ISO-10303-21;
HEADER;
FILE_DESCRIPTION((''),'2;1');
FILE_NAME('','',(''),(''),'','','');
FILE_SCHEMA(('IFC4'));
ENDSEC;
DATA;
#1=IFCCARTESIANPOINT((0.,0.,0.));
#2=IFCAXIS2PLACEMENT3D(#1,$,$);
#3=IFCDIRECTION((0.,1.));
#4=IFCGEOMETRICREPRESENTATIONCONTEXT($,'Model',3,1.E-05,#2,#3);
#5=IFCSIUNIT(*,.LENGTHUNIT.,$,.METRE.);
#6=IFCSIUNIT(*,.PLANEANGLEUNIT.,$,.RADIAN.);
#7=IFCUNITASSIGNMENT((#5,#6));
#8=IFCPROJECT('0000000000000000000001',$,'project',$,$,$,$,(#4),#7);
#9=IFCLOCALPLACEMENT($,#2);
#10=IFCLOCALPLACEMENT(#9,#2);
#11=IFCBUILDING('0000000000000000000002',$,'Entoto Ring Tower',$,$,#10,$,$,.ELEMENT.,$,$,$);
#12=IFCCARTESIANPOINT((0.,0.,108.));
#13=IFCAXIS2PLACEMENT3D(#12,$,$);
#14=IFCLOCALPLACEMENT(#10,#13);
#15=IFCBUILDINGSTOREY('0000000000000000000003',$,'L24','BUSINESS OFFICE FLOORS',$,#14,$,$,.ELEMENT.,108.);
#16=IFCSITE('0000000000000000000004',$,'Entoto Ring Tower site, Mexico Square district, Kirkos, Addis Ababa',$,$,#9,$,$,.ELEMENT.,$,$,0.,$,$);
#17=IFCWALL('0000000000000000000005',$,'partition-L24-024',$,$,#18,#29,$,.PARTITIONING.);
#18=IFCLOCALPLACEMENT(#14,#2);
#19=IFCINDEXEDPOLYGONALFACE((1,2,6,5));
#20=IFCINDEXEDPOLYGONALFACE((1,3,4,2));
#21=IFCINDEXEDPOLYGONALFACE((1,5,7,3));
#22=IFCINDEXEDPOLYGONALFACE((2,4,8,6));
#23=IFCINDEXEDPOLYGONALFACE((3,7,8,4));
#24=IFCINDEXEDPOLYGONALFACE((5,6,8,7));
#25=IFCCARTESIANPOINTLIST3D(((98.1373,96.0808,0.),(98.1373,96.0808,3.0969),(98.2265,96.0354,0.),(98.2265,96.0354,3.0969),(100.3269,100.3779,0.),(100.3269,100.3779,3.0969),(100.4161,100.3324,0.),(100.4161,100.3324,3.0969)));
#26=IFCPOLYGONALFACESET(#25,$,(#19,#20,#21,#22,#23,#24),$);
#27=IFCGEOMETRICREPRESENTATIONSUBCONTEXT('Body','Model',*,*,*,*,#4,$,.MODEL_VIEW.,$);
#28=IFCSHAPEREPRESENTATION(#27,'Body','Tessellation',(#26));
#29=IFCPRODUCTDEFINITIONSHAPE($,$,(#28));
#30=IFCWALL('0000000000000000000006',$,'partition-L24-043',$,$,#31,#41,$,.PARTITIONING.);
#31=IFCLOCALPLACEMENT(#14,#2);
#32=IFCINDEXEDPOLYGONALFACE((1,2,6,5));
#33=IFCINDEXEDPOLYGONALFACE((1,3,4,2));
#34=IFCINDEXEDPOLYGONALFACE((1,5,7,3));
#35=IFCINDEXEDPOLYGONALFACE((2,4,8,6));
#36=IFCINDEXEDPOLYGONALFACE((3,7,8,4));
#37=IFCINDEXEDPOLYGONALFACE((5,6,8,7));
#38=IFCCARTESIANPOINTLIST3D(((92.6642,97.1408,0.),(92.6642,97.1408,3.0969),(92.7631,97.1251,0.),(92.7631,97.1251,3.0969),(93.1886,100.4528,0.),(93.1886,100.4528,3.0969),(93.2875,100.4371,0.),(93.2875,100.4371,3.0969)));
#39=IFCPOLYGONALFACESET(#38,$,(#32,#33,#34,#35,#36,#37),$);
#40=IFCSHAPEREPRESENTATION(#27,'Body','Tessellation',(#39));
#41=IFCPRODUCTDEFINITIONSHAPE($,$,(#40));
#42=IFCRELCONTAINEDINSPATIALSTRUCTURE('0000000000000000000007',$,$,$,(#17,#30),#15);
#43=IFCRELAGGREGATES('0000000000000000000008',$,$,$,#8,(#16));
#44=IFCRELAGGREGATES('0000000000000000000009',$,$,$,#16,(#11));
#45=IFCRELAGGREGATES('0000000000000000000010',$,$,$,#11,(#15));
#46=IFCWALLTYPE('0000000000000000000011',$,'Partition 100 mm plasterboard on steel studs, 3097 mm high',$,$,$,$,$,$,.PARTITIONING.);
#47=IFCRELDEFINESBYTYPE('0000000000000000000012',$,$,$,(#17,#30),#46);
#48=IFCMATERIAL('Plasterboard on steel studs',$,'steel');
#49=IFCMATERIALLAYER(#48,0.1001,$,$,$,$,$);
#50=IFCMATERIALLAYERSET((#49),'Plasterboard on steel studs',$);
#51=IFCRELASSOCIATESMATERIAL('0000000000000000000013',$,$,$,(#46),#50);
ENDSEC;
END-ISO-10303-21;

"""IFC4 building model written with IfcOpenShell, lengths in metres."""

from ifc_helpers import new_model, si_unit, direction, frame, frame_2d, origin, place, context, subcontext, project, spatial, rectangle, extrude, material, layer, layer_set, type_object, element, save


model = new_model("IFC4")

# Units and contexts
model_context = context("Model", 3, precision=1e-05, world=origin(), true_north=direction((0.0, 1.0)))
body_context = subcontext(model_context, "Body", "Model", "MODEL_VIEW")
ifc_project = project(units=[si_unit("LENGTHUNIT", "METRE"), si_unit("PLANEANGLEUNIT", "RADIAN")], contexts=[model_context])

# Site, building, storey
site_placement = place(None, origin())
site = spatial("IfcSite", under=ifc_project, at=site_placement, Name="Entoto Ring Tower site, Mexico Square district, Kirkos, Addis Ababa", CompositionType="ELEMENT", RefElevation=0.0)
building_placement = place(site_placement, origin())
building = spatial("IfcBuilding", under=site, at=building_placement, Name="Entoto Ring Tower", CompositionType="ELEMENT")
storey_placement = place(building_placement, frame((0.0, 0.0, 108.0)))
storey = spatial("IfcBuildingStorey", under=building, at=storey_placement, Name="L24", Description="BUSINESS OFFICE FLOORS", CompositionType="ELEMENT", Elevation=108.0)

# Walls
ifc_material_1 = material(Name="Plasterboard on steel studs", Category="steel")
ifc_layer_1 = layer(ifc_material_1, 0.1001)
ifc_layer_set_1 = layer_set([ifc_layer_1], Name="Plasterboard on steel studs")
wall_type_1 = type_object("IfcWallType", Name="Partition 100 mm plasterboard on steel studs, 3097 mm high", PredefinedType="PARTITIONING", material=ifc_layer_set_1)
wall_1_placement = place(storey_placement, frame((98.1819, 96.0581, 0.0), z_axis=(0.0, 0.0, 1.0), x_axis=(0.454024, 0.890989, 0.0)))
element("IfcWall", 1, at=wall_1_placement, inside=storey, type_object=wall_type_1, Name="partition-L24-024", PredefinedType="PARTITIONING", context=body_context, shape_type="SweptSolid", body=[
    extrude(rectangle(XDim=4.8228, YDim=0.1001, at=frame_2d((2.4114, 0.0))), origin(), (0.0, 0.0, 1.0), 3.0969),
])
wall_2_placement = place(storey_placement, frame((92.7136, 97.1328, 0.0), z_axis=(0.0, 0.0, 1.0), x_axis=(0.156389, 0.987696, 0.0)))
element("IfcWall", 2, at=wall_2_placement, inside=storey, type_object=wall_type_1, Name="partition-L24-043", PredefinedType="PARTITIONING", context=body_context, shape_type="SweptSolid", body=[
    extrude(rectangle(XDim=3.3533, YDim=0.1001, at=frame_2d((1.6768, 0.0))), origin(), (0.0, 0.0, 1.0), 3.0969),
])

save(model, "model.ifc")
